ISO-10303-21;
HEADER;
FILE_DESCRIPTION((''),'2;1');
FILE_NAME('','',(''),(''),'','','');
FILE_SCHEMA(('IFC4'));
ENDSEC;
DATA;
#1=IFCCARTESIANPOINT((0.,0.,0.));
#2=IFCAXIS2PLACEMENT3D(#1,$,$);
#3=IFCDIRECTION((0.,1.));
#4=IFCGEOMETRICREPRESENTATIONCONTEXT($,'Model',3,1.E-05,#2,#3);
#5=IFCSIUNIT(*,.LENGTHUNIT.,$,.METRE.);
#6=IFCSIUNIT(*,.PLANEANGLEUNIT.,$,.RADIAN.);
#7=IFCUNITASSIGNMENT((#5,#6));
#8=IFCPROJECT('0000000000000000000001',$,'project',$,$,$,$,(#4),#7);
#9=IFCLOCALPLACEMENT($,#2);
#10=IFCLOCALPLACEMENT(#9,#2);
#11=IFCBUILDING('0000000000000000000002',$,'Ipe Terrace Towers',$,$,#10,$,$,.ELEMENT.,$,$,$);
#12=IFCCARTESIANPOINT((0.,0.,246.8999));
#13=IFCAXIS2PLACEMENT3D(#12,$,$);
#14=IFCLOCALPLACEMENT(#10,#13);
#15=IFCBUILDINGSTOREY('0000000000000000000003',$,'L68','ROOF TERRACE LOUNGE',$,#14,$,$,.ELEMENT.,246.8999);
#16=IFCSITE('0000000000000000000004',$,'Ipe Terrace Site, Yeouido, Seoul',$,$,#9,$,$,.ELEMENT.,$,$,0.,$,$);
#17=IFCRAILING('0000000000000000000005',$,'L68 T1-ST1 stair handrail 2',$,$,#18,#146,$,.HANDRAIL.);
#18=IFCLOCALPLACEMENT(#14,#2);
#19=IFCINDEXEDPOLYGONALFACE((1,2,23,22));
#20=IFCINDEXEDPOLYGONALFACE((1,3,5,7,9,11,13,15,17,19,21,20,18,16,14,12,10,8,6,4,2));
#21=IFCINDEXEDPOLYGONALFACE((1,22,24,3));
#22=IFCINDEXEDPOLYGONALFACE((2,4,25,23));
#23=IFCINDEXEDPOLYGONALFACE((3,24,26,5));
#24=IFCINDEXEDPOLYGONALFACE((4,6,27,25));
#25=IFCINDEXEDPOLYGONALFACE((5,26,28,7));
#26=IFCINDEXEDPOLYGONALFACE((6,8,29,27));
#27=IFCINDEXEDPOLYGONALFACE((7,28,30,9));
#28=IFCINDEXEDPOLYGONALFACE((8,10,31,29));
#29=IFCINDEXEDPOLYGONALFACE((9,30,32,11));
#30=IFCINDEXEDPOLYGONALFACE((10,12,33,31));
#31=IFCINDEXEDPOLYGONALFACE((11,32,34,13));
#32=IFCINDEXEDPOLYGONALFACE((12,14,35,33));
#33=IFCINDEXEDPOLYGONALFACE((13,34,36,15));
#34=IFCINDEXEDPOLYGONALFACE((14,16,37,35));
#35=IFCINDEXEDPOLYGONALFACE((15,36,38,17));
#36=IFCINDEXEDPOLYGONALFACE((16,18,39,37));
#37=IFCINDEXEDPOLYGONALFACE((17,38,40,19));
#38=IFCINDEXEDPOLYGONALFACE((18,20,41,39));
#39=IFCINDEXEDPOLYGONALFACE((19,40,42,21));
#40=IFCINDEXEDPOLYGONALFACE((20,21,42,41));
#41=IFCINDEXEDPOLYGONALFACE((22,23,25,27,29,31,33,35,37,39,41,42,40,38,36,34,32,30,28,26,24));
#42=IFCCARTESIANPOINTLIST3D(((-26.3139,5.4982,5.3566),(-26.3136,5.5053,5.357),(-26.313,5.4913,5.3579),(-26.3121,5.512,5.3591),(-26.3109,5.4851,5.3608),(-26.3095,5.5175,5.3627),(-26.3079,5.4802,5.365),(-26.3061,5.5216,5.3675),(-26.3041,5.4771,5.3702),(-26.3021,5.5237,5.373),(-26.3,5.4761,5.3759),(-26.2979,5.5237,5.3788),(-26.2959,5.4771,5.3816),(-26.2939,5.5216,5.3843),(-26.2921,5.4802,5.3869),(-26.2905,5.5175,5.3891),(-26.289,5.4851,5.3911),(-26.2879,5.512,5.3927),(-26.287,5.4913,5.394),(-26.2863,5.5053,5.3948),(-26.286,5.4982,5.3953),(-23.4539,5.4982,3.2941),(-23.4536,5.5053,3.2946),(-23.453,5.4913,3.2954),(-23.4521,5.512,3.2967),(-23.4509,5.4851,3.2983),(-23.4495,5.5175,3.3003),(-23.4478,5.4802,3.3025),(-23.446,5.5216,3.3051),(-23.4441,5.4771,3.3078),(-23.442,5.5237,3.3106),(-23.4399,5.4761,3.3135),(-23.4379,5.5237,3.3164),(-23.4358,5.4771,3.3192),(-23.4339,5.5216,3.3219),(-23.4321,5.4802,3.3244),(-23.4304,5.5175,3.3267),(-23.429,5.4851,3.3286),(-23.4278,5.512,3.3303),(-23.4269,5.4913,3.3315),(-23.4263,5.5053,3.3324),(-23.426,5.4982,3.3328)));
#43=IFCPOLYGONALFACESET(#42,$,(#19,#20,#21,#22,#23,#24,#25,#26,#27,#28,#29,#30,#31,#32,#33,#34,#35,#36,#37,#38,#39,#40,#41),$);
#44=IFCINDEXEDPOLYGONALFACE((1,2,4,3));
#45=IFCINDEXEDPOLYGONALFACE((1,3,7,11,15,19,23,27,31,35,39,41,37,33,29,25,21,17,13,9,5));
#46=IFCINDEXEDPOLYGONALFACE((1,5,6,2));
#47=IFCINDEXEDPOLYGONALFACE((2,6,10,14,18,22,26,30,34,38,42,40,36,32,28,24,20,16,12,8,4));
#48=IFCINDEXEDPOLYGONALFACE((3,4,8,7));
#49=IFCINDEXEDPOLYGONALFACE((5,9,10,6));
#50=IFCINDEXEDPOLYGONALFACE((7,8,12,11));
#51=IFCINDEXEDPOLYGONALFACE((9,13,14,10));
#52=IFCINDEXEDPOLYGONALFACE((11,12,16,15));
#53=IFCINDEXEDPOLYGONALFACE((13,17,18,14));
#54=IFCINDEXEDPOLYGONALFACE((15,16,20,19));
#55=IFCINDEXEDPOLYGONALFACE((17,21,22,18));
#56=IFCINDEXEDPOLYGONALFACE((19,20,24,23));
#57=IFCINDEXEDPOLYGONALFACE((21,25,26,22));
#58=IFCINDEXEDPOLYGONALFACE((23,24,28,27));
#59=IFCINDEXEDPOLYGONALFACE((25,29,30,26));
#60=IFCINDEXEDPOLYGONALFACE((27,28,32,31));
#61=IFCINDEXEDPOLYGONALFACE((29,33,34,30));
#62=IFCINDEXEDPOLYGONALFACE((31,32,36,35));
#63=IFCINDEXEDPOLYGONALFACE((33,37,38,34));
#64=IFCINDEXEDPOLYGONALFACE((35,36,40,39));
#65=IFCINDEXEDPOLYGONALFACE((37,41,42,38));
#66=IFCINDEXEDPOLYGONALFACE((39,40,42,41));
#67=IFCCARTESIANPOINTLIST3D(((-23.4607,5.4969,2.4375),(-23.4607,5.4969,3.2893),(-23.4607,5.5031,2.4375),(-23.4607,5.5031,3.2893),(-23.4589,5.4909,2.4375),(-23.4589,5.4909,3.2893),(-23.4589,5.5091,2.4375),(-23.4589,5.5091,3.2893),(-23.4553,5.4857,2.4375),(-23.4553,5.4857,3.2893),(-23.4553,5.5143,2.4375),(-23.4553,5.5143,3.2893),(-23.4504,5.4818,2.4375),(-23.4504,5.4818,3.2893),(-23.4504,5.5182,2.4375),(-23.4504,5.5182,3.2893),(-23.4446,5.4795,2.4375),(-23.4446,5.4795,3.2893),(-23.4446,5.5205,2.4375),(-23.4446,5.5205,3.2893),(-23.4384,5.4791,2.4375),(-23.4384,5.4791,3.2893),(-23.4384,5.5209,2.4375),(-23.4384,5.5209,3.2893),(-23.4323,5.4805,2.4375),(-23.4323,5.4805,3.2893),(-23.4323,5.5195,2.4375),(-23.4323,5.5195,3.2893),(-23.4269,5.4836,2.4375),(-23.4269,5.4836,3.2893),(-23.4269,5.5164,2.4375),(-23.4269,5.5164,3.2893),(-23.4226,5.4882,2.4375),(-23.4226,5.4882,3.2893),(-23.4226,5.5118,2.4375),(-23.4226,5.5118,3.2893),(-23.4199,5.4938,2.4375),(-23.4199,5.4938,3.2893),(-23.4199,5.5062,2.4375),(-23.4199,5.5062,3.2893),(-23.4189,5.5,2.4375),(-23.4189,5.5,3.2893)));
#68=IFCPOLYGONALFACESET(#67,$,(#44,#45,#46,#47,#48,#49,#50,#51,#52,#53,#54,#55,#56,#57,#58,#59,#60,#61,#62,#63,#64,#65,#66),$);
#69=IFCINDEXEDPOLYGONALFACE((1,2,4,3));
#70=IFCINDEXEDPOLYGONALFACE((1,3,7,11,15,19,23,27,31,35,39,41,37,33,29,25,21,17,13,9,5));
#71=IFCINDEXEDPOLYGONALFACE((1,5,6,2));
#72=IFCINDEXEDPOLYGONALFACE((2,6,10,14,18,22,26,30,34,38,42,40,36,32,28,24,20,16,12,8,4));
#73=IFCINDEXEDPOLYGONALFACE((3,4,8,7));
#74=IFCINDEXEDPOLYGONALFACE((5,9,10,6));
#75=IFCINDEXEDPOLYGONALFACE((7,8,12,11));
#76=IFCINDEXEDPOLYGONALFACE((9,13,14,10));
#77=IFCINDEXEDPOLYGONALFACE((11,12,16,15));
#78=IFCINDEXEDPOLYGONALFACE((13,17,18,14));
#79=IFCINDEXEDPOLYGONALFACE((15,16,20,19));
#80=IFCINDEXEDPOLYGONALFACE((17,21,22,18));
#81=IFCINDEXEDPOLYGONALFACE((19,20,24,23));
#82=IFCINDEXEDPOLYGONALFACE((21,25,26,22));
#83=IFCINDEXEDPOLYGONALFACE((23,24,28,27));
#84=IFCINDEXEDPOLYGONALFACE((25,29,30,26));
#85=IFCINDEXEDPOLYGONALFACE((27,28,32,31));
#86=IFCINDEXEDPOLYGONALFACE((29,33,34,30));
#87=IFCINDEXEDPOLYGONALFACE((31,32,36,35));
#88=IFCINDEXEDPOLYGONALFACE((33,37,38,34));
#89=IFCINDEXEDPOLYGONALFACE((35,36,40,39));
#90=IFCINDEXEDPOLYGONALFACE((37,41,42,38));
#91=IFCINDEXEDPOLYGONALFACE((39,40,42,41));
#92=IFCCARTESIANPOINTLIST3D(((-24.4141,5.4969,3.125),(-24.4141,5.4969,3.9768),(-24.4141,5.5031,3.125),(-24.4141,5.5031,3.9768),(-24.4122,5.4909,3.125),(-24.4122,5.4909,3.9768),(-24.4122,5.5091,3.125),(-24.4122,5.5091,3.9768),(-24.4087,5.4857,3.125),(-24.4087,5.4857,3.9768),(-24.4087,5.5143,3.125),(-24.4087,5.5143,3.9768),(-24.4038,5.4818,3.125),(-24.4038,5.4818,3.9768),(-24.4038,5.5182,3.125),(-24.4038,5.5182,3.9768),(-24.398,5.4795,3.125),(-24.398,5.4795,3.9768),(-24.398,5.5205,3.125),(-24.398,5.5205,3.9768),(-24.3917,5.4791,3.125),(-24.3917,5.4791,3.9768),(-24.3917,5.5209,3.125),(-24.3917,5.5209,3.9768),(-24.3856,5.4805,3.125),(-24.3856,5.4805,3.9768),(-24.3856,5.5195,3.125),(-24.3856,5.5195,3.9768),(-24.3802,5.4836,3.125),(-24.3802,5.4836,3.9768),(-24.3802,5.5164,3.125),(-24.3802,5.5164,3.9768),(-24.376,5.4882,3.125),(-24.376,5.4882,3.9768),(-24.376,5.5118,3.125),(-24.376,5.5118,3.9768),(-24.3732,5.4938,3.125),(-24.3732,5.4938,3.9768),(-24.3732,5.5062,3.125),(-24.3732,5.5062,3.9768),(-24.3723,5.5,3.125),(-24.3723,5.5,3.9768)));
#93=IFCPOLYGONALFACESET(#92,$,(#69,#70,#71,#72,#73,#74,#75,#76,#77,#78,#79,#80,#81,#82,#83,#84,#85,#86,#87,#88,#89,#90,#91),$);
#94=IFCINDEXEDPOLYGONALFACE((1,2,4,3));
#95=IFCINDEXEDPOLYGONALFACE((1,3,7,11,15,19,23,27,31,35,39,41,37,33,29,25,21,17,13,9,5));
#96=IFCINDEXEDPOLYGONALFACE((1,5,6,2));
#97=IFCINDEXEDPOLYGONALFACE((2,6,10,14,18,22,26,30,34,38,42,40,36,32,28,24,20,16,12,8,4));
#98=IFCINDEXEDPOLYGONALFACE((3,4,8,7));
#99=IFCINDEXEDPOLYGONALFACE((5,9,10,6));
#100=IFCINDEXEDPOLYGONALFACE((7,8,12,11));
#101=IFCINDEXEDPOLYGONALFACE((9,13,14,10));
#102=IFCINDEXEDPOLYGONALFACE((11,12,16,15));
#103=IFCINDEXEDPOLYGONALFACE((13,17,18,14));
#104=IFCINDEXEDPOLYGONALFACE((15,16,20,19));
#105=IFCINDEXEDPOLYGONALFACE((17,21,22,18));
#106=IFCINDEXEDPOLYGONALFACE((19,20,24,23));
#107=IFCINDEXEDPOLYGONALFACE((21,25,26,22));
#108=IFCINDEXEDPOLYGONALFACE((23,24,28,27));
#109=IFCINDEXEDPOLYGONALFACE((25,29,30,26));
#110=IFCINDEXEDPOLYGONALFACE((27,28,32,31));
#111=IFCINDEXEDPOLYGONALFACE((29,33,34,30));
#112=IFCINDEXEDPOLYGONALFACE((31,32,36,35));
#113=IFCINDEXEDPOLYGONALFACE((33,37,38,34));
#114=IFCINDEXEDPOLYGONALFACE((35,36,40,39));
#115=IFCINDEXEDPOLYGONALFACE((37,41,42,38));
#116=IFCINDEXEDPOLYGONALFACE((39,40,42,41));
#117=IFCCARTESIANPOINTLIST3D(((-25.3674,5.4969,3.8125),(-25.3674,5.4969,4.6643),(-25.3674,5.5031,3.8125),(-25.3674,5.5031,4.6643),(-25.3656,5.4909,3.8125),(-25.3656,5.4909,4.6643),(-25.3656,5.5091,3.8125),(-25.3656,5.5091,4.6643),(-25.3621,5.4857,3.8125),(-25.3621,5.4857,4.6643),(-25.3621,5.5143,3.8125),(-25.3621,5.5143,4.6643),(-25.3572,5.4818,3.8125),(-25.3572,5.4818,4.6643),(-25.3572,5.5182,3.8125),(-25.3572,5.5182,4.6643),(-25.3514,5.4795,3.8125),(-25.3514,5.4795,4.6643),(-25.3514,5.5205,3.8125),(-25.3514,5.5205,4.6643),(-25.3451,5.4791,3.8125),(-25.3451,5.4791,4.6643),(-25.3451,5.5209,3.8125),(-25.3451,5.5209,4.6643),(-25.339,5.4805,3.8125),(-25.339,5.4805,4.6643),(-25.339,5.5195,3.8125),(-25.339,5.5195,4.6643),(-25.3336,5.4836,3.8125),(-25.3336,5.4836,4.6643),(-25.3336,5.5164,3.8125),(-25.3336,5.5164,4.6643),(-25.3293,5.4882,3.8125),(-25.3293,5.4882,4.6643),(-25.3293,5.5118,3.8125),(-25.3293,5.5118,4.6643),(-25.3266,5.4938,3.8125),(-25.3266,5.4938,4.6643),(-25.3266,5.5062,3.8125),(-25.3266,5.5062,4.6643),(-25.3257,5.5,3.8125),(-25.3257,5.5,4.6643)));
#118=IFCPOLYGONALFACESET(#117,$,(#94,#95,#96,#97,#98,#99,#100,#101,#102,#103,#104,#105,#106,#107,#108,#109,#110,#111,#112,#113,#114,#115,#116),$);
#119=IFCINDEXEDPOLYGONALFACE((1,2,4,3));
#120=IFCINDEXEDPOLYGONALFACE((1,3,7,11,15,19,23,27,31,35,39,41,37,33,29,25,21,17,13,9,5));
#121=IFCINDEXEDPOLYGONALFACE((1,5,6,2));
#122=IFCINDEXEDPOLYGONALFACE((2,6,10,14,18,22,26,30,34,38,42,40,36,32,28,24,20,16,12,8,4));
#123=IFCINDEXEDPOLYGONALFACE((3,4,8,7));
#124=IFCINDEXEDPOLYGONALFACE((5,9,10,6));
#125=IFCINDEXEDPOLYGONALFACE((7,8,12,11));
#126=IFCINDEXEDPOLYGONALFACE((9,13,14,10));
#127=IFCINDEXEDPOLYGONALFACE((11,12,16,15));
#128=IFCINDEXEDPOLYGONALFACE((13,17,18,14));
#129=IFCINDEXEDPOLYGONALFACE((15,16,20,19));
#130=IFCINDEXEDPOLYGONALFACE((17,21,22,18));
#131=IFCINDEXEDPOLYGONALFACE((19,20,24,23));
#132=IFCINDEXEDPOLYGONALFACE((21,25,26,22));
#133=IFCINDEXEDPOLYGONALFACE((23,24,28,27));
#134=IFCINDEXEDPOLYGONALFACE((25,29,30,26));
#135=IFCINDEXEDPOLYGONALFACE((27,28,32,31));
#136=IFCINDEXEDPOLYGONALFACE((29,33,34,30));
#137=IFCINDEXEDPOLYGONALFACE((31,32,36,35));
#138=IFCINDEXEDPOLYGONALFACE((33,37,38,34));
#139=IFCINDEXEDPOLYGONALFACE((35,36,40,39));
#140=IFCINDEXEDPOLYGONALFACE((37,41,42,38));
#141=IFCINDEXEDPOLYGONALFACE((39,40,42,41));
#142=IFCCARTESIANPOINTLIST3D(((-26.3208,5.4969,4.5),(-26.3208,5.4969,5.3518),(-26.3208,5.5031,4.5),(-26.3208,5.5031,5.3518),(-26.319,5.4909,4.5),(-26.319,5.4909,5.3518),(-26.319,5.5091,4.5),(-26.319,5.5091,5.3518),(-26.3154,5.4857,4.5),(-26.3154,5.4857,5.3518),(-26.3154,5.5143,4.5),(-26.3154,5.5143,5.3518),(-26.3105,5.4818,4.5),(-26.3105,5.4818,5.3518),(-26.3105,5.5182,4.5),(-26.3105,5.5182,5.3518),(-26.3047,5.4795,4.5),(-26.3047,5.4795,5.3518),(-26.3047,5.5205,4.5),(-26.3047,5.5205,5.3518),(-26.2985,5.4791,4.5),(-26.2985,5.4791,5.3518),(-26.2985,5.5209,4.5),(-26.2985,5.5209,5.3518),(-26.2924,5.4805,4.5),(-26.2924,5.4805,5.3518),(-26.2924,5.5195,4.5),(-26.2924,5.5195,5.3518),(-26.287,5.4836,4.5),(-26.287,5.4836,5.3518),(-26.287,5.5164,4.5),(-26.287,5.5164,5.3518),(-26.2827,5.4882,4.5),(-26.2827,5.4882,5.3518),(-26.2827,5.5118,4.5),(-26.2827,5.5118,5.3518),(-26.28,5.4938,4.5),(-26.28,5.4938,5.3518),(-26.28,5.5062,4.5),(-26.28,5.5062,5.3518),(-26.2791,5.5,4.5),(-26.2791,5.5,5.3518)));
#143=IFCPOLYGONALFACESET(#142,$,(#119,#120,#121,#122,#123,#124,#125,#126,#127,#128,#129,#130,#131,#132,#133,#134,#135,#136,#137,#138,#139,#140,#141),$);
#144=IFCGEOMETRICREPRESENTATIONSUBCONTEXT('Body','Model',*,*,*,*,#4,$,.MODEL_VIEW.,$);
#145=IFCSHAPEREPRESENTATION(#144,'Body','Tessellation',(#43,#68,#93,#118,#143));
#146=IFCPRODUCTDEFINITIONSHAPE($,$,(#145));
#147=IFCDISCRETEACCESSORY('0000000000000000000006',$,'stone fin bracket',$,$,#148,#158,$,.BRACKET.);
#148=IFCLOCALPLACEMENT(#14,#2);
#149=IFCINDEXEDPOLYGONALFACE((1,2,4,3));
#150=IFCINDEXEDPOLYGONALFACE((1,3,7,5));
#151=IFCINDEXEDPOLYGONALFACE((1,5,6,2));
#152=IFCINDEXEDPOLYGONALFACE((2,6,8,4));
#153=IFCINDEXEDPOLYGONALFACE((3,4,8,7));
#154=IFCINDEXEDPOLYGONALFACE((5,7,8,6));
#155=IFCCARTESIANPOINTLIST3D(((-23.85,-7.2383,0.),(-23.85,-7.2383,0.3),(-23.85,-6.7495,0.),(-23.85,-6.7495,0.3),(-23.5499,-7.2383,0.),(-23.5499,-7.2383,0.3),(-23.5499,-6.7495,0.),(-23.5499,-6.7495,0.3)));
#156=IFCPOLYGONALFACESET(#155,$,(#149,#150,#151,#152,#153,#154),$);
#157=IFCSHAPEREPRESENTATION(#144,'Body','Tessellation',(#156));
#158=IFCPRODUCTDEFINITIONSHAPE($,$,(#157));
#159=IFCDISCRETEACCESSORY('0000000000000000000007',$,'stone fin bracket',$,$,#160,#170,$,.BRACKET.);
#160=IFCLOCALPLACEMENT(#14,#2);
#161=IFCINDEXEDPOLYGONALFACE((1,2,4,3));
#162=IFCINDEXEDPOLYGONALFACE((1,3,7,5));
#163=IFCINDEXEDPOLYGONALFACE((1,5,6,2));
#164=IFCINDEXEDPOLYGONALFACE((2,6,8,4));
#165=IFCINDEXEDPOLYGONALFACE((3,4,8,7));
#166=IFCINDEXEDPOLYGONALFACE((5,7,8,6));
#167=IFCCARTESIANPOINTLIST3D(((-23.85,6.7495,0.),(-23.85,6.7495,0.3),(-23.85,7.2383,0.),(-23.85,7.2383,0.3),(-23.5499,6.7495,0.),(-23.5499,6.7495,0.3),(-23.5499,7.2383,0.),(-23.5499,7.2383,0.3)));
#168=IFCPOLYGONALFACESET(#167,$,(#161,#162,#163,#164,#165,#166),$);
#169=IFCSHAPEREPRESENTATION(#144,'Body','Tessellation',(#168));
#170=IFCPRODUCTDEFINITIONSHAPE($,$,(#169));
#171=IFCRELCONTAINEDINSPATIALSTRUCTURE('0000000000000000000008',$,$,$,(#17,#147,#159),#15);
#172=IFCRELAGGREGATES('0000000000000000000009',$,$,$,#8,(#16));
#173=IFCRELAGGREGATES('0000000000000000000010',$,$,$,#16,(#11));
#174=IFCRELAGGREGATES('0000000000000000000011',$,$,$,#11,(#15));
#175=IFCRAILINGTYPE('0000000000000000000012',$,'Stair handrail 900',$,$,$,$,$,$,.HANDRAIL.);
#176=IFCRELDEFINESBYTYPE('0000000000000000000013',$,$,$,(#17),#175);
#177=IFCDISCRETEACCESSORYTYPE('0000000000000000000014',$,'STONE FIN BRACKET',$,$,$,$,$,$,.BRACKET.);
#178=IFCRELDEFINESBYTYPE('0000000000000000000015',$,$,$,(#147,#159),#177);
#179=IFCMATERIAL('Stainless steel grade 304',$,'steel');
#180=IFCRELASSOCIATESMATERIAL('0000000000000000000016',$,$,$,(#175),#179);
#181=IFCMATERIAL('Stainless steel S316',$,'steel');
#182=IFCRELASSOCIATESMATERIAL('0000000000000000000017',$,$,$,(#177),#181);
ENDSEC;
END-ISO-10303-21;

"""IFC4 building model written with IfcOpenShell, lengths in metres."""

from ifc_helpers import new_model, si_unit, direction, frame, origin, origin_2d, place, context, subcontext, project, spatial, rectangle, circle, extrude, material, type_object, element, save


model = new_model("IFC4")

# Units and contexts
model_context = context("Model", 3, precision=1e-05, world=origin(), true_north=direction((0.0, 1.0)))
body_context = subcontext(model_context, "Body", "Model", "MODEL_VIEW")
ifc_project = project(units=[si_unit("LENGTHUNIT", "METRE"), si_unit("PLANEANGLEUNIT", "RADIAN")], contexts=[model_context])

# Site, building, storey
site_placement = place(None, origin())
site = spatial("IfcSite", under=ifc_project, at=site_placement, Name="Ipe Terrace Site, Yeouido, Seoul", CompositionType="ELEMENT", RefElevation=0.0)
building_placement = place(site_placement, origin())
building = spatial("IfcBuilding", under=site, at=building_placement, Name="Ipe Terrace Towers", CompositionType="ELEMENT")
storey_placement = place(building_placement, frame((0.0, 0.0, 246.8999)))
storey = spatial("IfcBuildingStorey", under=building, at=storey_placement, Name="L68", Description="ROOF TERRACE LOUNGE", CompositionType="ELEMENT", Elevation=246.8999)

# Railing
ifc_material_1 = material(Name="Stainless steel grade 304", Category="steel")
railing_type = type_object("IfcRailingType", Name="Stair handrail 900", PredefinedType="HANDRAIL", material=ifc_material_1)
railing_placement = place(storey_placement, frame((-23.4399, 5.5, 2.4375)))
element("IfcRailing", 1, at=railing_placement, inside=storey, type_object=railing_type, Name="L68 T1-ST1 stair handrail 2", PredefinedType="HANDRAIL", context=body_context, shape_type="SweptSolid", body=[
    extrude(circle(Radius=0.0239, at=origin_2d()), frame((0.0, 0.0, 0.876), z_axis=(-0.811101, 0.0, 0.584906), x_axis=(0.0, -1.0, 0.0)), (0.0, 0.0, 1.0), 3.5261),
    extrude(circle(Radius=0.021, at=origin_2d()), origin(), (0.0, 0.0, 1.0), 0.8518),
    extrude(circle(Radius=0.021, at=origin_2d()), frame((-0.9534, 0.0, 0.6875)), (0.0, 0.0, 1.0), 0.8518),
    extrude(circle(Radius=0.021, at=origin_2d()), frame((-1.9067, 0.0, 1.375)), (0.0, 0.0, 1.0), 0.8518),
    extrude(circle(Radius=0.021, at=origin_2d()), frame((-2.8601, 0.0, 2.0625)), (0.0, 0.0, 1.0), 0.8518),
])

# Discrete accessories
ifc_material_2 = material(Name="Stainless steel S316", Category="steel")
discrete_accessory_type = type_object("IfcDiscreteAccessoryType", Name="STONE FIN BRACKET", PredefinedType="BRACKET", material=ifc_material_2)
for number, where, z_axis, x_axis, name in (
    (2, (-23.7, -6.9939, 0.0), (0.0, 0.0, 1.0), (1.0, 0.0, 0.0), "stone fin bracket"),
    (3, (-23.7, 6.9939, 0.0), (0.0, 0.0, 1.0), (-1.0, 0.0, 0.0), "stone fin bracket"),
):
    element("IfcDiscreteAccessory", number, at=place(storey_placement, frame(where, z_axis=z_axis, x_axis=x_axis)), inside=storey, type_object=discrete_accessory_type, Name=name, PredefinedType="BRACKET", context=body_context, shape_type="SweptSolid", body=[
        extrude(rectangle(XDim=0.3, YDim=0.4888, at=origin_2d()), origin(), (0.0, 0.0, 1.0), 0.3),
    ])

save(model, "model.ifc")
